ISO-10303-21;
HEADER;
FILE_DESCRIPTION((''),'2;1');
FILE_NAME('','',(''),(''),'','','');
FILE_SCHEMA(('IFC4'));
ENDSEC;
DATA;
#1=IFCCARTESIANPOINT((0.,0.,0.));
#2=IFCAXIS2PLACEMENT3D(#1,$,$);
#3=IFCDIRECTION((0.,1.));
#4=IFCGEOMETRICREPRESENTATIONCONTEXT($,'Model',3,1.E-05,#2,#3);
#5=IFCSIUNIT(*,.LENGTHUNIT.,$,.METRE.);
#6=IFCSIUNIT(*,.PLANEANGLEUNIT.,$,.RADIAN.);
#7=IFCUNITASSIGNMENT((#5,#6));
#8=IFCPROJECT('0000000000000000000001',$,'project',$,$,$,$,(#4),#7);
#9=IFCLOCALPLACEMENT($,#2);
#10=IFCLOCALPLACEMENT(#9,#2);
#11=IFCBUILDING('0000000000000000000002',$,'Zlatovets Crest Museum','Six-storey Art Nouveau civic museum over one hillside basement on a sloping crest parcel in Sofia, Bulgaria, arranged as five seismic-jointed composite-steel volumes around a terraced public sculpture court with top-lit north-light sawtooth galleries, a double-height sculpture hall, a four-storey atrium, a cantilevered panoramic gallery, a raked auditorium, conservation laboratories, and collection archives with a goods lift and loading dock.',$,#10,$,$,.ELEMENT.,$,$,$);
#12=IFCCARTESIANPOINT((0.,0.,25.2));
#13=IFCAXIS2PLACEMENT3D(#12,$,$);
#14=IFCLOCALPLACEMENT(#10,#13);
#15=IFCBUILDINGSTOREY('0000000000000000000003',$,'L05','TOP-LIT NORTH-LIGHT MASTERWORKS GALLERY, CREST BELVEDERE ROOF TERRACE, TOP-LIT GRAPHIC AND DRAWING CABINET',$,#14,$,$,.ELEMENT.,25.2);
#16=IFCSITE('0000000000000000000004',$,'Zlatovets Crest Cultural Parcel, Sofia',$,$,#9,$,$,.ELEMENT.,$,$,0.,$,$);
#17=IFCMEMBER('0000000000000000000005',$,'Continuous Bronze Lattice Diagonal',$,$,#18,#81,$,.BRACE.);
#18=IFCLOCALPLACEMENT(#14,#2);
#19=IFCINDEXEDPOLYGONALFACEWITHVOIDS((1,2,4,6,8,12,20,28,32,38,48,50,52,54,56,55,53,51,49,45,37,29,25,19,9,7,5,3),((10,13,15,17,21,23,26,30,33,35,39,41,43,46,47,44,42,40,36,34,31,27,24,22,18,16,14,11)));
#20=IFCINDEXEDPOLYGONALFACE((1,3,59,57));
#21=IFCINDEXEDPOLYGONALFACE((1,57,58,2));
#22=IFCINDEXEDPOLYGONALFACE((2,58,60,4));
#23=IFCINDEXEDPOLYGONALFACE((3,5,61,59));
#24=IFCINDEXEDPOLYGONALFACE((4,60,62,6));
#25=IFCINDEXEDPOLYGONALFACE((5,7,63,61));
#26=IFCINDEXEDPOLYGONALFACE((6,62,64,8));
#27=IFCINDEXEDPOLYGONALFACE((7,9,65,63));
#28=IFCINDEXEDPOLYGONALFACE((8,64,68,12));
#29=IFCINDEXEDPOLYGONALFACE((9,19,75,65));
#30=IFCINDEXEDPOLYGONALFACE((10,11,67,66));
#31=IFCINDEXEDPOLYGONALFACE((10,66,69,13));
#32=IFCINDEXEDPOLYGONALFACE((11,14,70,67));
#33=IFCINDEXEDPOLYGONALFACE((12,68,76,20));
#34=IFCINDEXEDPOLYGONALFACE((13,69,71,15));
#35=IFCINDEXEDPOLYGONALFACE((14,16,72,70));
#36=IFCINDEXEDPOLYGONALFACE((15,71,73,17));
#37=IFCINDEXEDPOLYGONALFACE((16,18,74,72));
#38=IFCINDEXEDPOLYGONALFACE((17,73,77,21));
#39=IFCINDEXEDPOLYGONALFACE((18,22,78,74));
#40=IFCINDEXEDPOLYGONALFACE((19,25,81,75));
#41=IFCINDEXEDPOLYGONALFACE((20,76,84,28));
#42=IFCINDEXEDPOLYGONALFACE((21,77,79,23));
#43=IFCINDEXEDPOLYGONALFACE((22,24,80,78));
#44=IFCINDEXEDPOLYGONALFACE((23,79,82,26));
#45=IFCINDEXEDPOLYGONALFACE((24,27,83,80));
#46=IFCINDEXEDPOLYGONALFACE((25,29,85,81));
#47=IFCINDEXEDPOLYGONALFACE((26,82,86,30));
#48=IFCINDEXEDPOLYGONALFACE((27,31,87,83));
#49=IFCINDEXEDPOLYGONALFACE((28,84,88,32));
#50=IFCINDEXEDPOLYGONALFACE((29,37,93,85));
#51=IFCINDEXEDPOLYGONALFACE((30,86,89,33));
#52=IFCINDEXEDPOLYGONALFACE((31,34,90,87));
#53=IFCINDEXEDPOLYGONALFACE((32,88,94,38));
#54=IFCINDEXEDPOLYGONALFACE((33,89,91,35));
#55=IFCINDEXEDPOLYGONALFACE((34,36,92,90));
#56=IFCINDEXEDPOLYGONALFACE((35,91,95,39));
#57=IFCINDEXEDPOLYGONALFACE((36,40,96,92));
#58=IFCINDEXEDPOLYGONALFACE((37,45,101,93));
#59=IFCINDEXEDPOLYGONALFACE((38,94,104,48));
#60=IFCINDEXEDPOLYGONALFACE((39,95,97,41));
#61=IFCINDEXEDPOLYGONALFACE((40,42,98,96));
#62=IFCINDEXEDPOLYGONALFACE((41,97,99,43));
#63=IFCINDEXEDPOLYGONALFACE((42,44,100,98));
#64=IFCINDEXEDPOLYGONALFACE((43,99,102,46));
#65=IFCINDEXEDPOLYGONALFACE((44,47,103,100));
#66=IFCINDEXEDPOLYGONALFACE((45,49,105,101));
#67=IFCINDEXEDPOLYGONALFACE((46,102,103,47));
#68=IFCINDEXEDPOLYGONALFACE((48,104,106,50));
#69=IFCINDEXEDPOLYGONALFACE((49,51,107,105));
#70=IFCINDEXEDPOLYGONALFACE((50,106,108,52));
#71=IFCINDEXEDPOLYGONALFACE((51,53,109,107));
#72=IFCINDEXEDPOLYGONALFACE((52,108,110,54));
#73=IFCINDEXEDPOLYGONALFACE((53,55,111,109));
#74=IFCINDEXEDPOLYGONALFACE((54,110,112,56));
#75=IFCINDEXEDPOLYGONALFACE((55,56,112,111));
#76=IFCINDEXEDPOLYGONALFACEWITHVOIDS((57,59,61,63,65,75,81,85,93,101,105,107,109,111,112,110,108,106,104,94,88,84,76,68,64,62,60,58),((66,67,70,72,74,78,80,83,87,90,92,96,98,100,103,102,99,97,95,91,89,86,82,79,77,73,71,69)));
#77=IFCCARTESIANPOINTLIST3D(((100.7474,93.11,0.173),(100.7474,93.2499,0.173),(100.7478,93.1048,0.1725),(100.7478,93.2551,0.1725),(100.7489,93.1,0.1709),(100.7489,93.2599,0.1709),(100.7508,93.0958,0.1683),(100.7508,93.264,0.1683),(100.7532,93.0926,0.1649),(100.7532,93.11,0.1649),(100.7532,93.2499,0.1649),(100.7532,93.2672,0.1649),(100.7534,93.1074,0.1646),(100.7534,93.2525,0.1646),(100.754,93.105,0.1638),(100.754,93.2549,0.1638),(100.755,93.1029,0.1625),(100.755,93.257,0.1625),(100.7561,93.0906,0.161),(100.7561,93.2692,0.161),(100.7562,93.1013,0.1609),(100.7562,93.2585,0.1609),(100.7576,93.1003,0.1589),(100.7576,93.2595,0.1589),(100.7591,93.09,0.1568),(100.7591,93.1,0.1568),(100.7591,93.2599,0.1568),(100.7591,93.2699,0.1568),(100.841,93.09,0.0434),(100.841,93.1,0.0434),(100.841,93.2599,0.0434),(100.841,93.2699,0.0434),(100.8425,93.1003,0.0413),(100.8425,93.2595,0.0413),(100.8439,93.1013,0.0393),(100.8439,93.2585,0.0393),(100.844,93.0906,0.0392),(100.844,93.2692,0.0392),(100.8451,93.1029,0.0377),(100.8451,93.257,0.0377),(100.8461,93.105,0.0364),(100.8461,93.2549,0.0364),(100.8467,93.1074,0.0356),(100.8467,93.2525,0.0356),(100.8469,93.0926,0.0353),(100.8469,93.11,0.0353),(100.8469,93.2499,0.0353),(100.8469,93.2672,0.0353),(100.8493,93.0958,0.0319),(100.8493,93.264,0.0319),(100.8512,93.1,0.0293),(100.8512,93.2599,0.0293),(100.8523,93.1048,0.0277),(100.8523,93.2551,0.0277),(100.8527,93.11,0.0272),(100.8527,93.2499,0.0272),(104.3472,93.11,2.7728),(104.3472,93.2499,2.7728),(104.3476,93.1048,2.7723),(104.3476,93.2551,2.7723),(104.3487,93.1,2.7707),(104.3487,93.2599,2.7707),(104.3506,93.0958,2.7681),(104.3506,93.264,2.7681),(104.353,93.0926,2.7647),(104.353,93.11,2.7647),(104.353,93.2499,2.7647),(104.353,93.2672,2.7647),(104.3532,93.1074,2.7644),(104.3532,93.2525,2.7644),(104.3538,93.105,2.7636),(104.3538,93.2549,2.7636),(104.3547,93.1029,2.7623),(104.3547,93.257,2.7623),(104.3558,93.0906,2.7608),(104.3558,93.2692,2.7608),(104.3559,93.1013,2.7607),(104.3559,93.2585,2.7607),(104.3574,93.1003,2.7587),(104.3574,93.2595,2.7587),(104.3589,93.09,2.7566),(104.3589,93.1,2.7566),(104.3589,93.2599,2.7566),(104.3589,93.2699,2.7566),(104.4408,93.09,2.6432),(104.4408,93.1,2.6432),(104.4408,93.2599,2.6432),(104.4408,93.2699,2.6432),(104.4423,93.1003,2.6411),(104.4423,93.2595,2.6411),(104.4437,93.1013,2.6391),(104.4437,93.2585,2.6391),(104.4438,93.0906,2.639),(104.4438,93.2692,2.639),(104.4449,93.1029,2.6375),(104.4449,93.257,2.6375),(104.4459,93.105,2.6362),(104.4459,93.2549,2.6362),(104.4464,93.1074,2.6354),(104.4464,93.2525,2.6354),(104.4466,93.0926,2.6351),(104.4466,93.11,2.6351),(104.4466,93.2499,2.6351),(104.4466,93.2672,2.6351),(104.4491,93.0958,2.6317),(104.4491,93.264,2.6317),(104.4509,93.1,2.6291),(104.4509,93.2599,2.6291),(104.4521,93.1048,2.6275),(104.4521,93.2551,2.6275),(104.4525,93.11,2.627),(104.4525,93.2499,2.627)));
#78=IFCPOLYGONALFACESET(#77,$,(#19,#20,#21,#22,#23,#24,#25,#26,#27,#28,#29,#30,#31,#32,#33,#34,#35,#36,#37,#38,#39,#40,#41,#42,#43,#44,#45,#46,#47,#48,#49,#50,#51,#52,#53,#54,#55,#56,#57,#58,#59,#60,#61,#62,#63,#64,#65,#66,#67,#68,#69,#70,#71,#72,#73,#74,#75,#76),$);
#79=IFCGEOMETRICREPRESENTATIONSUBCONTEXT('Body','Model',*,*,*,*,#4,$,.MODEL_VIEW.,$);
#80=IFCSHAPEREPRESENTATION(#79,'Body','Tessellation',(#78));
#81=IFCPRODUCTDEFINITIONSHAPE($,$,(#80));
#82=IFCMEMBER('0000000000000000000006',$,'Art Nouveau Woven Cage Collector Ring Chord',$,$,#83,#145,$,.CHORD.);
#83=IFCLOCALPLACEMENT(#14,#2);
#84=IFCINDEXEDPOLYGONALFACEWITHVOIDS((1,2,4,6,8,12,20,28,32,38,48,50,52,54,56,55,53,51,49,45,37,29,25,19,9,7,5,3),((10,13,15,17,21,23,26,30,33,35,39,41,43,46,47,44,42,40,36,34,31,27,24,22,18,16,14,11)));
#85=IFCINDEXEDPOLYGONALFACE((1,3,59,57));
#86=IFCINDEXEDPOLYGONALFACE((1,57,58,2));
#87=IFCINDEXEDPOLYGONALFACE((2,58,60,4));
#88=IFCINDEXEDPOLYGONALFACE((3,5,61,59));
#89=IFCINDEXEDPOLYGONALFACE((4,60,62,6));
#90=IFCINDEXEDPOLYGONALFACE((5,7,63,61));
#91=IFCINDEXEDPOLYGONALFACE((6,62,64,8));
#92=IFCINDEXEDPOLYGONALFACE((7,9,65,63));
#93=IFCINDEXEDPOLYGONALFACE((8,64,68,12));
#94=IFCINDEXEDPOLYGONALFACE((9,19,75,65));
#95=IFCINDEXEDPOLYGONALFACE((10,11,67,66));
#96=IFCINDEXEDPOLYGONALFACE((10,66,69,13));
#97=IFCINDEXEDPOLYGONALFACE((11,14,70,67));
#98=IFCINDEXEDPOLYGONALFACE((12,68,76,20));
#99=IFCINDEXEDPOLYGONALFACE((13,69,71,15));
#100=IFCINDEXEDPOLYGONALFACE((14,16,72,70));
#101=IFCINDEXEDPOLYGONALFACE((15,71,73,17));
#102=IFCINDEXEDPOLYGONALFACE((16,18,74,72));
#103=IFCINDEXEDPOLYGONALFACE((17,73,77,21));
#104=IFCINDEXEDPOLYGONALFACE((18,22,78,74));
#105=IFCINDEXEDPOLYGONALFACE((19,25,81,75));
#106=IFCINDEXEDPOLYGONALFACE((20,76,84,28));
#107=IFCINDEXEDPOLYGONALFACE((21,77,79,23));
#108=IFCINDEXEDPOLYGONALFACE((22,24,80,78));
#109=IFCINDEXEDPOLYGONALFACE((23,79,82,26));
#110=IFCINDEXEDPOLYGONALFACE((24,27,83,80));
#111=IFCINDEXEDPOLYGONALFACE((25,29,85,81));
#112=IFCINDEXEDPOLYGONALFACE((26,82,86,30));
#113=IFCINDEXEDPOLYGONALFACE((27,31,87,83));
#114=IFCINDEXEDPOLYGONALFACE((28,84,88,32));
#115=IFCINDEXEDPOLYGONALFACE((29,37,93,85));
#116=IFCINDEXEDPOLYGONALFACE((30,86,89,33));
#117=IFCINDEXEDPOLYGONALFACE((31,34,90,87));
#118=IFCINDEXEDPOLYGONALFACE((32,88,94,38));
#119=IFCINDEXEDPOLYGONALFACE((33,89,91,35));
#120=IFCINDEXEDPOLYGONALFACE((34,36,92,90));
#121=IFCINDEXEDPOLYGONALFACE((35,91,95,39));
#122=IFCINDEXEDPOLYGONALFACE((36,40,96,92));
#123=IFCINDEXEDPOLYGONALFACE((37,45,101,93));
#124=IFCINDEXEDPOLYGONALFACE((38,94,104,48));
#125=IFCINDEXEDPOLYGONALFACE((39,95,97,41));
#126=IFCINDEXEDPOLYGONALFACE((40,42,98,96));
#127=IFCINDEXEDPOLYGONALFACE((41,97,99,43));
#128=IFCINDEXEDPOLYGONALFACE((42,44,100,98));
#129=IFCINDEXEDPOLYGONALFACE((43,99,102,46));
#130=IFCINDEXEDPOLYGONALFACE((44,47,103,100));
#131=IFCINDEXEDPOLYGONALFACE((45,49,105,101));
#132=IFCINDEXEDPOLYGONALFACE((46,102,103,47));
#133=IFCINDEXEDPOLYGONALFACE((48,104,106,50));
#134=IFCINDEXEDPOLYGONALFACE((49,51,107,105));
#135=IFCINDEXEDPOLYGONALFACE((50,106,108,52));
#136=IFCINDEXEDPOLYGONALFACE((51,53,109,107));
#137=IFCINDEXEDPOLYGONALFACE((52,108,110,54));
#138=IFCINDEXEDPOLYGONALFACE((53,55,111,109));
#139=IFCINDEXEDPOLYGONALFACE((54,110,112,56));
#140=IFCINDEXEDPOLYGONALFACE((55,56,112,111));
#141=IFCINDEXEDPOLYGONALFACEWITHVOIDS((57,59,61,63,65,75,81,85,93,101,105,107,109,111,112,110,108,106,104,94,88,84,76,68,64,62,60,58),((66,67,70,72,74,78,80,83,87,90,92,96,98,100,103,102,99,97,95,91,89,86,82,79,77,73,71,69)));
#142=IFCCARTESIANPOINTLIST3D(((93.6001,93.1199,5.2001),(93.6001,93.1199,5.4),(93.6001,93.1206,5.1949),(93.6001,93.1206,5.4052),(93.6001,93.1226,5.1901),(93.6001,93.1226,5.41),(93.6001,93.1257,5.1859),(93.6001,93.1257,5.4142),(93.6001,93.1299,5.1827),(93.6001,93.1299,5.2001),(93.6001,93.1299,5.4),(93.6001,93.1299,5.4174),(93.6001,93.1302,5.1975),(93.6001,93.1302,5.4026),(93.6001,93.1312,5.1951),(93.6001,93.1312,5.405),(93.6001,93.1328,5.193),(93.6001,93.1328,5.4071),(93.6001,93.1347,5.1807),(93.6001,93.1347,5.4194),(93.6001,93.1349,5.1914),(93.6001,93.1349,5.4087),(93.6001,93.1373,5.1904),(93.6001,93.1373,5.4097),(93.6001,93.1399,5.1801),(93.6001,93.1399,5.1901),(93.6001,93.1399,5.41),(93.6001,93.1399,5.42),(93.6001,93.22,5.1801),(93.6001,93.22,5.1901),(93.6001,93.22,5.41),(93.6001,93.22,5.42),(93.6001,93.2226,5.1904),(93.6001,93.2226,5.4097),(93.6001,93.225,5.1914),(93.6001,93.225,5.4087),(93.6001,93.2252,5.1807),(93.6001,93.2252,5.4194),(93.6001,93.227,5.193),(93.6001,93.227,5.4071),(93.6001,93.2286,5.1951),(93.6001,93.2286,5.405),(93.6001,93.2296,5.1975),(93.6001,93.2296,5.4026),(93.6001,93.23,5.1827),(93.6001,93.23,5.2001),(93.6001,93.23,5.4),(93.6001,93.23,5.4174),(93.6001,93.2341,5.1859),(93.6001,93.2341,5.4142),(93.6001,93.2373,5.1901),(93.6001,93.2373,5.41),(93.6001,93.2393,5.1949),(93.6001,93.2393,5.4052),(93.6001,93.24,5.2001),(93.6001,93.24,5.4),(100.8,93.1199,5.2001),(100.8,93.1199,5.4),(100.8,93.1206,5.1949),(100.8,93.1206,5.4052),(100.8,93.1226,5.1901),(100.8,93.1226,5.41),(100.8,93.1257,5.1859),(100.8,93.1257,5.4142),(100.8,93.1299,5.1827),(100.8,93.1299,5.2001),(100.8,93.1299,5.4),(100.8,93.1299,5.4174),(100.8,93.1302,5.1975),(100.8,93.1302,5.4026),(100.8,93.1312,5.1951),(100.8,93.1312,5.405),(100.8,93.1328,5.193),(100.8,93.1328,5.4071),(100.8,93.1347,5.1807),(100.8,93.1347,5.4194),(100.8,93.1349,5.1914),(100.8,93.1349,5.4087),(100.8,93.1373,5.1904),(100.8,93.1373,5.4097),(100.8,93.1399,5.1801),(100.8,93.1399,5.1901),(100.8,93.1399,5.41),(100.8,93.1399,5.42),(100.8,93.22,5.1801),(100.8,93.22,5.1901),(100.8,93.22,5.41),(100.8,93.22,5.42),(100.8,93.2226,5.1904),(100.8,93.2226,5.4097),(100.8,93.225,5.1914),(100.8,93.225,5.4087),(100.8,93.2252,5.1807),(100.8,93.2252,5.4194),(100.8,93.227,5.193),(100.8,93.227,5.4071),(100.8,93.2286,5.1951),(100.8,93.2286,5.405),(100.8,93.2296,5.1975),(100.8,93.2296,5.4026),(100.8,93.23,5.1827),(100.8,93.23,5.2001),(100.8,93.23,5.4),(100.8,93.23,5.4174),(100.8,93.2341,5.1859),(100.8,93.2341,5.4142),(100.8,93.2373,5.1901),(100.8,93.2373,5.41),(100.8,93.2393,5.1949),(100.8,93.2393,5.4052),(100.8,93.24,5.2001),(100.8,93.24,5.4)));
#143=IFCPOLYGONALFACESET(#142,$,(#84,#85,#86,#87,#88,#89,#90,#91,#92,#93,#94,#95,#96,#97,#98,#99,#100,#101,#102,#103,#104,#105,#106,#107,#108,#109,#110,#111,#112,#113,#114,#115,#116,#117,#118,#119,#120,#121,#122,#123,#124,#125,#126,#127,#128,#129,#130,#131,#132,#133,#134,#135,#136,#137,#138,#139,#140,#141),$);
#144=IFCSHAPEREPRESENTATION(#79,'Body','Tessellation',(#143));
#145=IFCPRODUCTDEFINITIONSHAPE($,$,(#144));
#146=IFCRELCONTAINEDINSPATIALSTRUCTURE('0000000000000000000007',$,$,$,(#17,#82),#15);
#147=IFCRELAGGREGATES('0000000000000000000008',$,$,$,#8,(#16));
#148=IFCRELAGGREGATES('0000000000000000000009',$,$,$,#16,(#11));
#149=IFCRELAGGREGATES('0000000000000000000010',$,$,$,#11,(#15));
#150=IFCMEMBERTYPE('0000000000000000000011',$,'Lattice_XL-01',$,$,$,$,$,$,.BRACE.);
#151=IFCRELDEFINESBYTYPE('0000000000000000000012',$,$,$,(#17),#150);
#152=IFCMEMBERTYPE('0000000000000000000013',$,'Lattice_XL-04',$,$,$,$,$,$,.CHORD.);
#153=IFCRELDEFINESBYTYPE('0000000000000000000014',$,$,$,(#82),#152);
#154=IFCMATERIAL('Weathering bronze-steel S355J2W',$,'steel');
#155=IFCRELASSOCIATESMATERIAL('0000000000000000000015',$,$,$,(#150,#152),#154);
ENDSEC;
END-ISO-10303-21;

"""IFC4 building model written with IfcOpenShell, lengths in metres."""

from ifc_helpers import new_model, si_unit, direction, frame, origin, origin_2d, place, context, subcontext, project, spatial, hollow_rectangle, extrude, material, material_profile, profile_set, type_object, element, save


model = new_model("IFC4")

# Units and contexts
model_context = context("Model", 3, precision=1e-05, world=origin(), true_north=direction((0.0, 1.0)))
body_context = subcontext(model_context, "Body", "Model", "MODEL_VIEW")
ifc_project = project(units=[si_unit("LENGTHUNIT", "METRE"), si_unit("PLANEANGLEUNIT", "RADIAN")], contexts=[model_context])

# Site, building, storey
site_placement = place(None, origin())
site = spatial("IfcSite", under=ifc_project, at=site_placement, Name="Zlatovets Crest Cultural Parcel, Sofia", CompositionType="ELEMENT", RefElevation=0.0)
building_placement = place(site_placement, origin())
building = spatial("IfcBuilding", under=site, at=building_placement, Name="Zlatovets Crest Museum", Description="Six-storey Art Nouveau civic museum over one hillside basement on a sloping crest parcel in Sofia, Bulgaria, arranged as five seismic-jointed composite-steel volumes around a terraced public sculpture court with top-lit north-light sawtooth galleries, a double-height sculpture hall, a four-storey atrium, a cantilevered panoramic gallery, a raked auditorium, conservation laboratories, and collection archives with a goods lift and loading dock.", CompositionType="ELEMENT")
storey_placement = place(building_placement, frame((0.0, 0.0, 25.2)))
storey = spatial("IfcBuildingStorey", under=building, at=storey_placement, Name="L05", Description="TOP-LIT NORTH-LIGHT MASTERWORKS GALLERY, CREST BELVEDERE ROOF TERRACE, TOP-LIT GRAPHIC AND DRAWING CABINET", CompositionType="ELEMENT", Elevation=25.2)

# Members
ifc_material_1 = material(Name="Weathering bronze-steel S355J2W", Category="steel")
ifc_material_profile_1 = material_profile(ifc_material_1, hollow_rectangle(XDim=0.1799, YDim=0.1799, WallThickness=0.01, InnerFilletRadius=0.01, OuterFilletRadius=0.02, at=origin_2d()), Name="SHS 180x180x10.0")
ifc_profile_set_1 = profile_set([ifc_material_profile_1], Name="Weathering bronze-steel S355J2W")
member_type_1 = type_object("IfcMemberType", Name="Lattice_XL-01", PredefinedType="BRACE", material=ifc_profile_set_1)
member_1_placement = place(storey_placement, frame((100.8, 93.1799, 0.1001), z_axis=(0.810684, 0.0, 0.585485), x_axis=(0.0, 1.0, 0.0)))
element("IfcMember", 1, at=member_1_placement, inside=storey, type_object=member_type_1, Name="Continuous Bronze Lattice Diagonal", PredefinedType="BRACE", context=body_context, shape_type="SweptSolid", body=[
    extrude(hollow_rectangle(XDim=0.1799, YDim=0.1799, WallThickness=0.01, InnerFilletRadius=0.01, OuterFilletRadius=0.02, at=origin_2d()), origin(), (0.0, 0.0, 1.0), 4.4404),
])
ifc_material_profile_2 = material_profile(ifc_material_1, hollow_rectangle(XDim=0.1201, YDim=0.24, WallThickness=0.01, InnerFilletRadius=0.01, OuterFilletRadius=0.02, at=origin_2d()), Name="RHS 120x240x10.0")
ifc_profile_set_2 = profile_set([ifc_material_profile_2], Name="Weathering bronze-steel S355J2W")
member_type_2 = type_object("IfcMemberType", Name="Lattice_XL-04", PredefinedType="CHORD", material=ifc_profile_set_2)
for number, where, z_axis, x_axis, name in (
    (2, (93.6001, 93.1799, 5.3), (1.0, 0.0, 0.0), (0.0, 1.0, 0.0), "Art Nouveau Woven Cage Collector Ring Chord"),
):
    element("IfcMember", number, at=place(storey_placement, frame(where, z_axis=z_axis, x_axis=x_axis)), inside=storey, type_object=member_type_2, Name=name, PredefinedType="CHORD", context=body_context, shape_type="SweptSolid", body=[
        extrude(hollow_rectangle(XDim=0.1201, YDim=0.24, WallThickness=0.01, InnerFilletRadius=0.01, OuterFilletRadius=0.02, at=origin_2d()), origin(), (0.0, 0.0, 1.0), 7.2),
    ])

save(model, "model.ifc")
